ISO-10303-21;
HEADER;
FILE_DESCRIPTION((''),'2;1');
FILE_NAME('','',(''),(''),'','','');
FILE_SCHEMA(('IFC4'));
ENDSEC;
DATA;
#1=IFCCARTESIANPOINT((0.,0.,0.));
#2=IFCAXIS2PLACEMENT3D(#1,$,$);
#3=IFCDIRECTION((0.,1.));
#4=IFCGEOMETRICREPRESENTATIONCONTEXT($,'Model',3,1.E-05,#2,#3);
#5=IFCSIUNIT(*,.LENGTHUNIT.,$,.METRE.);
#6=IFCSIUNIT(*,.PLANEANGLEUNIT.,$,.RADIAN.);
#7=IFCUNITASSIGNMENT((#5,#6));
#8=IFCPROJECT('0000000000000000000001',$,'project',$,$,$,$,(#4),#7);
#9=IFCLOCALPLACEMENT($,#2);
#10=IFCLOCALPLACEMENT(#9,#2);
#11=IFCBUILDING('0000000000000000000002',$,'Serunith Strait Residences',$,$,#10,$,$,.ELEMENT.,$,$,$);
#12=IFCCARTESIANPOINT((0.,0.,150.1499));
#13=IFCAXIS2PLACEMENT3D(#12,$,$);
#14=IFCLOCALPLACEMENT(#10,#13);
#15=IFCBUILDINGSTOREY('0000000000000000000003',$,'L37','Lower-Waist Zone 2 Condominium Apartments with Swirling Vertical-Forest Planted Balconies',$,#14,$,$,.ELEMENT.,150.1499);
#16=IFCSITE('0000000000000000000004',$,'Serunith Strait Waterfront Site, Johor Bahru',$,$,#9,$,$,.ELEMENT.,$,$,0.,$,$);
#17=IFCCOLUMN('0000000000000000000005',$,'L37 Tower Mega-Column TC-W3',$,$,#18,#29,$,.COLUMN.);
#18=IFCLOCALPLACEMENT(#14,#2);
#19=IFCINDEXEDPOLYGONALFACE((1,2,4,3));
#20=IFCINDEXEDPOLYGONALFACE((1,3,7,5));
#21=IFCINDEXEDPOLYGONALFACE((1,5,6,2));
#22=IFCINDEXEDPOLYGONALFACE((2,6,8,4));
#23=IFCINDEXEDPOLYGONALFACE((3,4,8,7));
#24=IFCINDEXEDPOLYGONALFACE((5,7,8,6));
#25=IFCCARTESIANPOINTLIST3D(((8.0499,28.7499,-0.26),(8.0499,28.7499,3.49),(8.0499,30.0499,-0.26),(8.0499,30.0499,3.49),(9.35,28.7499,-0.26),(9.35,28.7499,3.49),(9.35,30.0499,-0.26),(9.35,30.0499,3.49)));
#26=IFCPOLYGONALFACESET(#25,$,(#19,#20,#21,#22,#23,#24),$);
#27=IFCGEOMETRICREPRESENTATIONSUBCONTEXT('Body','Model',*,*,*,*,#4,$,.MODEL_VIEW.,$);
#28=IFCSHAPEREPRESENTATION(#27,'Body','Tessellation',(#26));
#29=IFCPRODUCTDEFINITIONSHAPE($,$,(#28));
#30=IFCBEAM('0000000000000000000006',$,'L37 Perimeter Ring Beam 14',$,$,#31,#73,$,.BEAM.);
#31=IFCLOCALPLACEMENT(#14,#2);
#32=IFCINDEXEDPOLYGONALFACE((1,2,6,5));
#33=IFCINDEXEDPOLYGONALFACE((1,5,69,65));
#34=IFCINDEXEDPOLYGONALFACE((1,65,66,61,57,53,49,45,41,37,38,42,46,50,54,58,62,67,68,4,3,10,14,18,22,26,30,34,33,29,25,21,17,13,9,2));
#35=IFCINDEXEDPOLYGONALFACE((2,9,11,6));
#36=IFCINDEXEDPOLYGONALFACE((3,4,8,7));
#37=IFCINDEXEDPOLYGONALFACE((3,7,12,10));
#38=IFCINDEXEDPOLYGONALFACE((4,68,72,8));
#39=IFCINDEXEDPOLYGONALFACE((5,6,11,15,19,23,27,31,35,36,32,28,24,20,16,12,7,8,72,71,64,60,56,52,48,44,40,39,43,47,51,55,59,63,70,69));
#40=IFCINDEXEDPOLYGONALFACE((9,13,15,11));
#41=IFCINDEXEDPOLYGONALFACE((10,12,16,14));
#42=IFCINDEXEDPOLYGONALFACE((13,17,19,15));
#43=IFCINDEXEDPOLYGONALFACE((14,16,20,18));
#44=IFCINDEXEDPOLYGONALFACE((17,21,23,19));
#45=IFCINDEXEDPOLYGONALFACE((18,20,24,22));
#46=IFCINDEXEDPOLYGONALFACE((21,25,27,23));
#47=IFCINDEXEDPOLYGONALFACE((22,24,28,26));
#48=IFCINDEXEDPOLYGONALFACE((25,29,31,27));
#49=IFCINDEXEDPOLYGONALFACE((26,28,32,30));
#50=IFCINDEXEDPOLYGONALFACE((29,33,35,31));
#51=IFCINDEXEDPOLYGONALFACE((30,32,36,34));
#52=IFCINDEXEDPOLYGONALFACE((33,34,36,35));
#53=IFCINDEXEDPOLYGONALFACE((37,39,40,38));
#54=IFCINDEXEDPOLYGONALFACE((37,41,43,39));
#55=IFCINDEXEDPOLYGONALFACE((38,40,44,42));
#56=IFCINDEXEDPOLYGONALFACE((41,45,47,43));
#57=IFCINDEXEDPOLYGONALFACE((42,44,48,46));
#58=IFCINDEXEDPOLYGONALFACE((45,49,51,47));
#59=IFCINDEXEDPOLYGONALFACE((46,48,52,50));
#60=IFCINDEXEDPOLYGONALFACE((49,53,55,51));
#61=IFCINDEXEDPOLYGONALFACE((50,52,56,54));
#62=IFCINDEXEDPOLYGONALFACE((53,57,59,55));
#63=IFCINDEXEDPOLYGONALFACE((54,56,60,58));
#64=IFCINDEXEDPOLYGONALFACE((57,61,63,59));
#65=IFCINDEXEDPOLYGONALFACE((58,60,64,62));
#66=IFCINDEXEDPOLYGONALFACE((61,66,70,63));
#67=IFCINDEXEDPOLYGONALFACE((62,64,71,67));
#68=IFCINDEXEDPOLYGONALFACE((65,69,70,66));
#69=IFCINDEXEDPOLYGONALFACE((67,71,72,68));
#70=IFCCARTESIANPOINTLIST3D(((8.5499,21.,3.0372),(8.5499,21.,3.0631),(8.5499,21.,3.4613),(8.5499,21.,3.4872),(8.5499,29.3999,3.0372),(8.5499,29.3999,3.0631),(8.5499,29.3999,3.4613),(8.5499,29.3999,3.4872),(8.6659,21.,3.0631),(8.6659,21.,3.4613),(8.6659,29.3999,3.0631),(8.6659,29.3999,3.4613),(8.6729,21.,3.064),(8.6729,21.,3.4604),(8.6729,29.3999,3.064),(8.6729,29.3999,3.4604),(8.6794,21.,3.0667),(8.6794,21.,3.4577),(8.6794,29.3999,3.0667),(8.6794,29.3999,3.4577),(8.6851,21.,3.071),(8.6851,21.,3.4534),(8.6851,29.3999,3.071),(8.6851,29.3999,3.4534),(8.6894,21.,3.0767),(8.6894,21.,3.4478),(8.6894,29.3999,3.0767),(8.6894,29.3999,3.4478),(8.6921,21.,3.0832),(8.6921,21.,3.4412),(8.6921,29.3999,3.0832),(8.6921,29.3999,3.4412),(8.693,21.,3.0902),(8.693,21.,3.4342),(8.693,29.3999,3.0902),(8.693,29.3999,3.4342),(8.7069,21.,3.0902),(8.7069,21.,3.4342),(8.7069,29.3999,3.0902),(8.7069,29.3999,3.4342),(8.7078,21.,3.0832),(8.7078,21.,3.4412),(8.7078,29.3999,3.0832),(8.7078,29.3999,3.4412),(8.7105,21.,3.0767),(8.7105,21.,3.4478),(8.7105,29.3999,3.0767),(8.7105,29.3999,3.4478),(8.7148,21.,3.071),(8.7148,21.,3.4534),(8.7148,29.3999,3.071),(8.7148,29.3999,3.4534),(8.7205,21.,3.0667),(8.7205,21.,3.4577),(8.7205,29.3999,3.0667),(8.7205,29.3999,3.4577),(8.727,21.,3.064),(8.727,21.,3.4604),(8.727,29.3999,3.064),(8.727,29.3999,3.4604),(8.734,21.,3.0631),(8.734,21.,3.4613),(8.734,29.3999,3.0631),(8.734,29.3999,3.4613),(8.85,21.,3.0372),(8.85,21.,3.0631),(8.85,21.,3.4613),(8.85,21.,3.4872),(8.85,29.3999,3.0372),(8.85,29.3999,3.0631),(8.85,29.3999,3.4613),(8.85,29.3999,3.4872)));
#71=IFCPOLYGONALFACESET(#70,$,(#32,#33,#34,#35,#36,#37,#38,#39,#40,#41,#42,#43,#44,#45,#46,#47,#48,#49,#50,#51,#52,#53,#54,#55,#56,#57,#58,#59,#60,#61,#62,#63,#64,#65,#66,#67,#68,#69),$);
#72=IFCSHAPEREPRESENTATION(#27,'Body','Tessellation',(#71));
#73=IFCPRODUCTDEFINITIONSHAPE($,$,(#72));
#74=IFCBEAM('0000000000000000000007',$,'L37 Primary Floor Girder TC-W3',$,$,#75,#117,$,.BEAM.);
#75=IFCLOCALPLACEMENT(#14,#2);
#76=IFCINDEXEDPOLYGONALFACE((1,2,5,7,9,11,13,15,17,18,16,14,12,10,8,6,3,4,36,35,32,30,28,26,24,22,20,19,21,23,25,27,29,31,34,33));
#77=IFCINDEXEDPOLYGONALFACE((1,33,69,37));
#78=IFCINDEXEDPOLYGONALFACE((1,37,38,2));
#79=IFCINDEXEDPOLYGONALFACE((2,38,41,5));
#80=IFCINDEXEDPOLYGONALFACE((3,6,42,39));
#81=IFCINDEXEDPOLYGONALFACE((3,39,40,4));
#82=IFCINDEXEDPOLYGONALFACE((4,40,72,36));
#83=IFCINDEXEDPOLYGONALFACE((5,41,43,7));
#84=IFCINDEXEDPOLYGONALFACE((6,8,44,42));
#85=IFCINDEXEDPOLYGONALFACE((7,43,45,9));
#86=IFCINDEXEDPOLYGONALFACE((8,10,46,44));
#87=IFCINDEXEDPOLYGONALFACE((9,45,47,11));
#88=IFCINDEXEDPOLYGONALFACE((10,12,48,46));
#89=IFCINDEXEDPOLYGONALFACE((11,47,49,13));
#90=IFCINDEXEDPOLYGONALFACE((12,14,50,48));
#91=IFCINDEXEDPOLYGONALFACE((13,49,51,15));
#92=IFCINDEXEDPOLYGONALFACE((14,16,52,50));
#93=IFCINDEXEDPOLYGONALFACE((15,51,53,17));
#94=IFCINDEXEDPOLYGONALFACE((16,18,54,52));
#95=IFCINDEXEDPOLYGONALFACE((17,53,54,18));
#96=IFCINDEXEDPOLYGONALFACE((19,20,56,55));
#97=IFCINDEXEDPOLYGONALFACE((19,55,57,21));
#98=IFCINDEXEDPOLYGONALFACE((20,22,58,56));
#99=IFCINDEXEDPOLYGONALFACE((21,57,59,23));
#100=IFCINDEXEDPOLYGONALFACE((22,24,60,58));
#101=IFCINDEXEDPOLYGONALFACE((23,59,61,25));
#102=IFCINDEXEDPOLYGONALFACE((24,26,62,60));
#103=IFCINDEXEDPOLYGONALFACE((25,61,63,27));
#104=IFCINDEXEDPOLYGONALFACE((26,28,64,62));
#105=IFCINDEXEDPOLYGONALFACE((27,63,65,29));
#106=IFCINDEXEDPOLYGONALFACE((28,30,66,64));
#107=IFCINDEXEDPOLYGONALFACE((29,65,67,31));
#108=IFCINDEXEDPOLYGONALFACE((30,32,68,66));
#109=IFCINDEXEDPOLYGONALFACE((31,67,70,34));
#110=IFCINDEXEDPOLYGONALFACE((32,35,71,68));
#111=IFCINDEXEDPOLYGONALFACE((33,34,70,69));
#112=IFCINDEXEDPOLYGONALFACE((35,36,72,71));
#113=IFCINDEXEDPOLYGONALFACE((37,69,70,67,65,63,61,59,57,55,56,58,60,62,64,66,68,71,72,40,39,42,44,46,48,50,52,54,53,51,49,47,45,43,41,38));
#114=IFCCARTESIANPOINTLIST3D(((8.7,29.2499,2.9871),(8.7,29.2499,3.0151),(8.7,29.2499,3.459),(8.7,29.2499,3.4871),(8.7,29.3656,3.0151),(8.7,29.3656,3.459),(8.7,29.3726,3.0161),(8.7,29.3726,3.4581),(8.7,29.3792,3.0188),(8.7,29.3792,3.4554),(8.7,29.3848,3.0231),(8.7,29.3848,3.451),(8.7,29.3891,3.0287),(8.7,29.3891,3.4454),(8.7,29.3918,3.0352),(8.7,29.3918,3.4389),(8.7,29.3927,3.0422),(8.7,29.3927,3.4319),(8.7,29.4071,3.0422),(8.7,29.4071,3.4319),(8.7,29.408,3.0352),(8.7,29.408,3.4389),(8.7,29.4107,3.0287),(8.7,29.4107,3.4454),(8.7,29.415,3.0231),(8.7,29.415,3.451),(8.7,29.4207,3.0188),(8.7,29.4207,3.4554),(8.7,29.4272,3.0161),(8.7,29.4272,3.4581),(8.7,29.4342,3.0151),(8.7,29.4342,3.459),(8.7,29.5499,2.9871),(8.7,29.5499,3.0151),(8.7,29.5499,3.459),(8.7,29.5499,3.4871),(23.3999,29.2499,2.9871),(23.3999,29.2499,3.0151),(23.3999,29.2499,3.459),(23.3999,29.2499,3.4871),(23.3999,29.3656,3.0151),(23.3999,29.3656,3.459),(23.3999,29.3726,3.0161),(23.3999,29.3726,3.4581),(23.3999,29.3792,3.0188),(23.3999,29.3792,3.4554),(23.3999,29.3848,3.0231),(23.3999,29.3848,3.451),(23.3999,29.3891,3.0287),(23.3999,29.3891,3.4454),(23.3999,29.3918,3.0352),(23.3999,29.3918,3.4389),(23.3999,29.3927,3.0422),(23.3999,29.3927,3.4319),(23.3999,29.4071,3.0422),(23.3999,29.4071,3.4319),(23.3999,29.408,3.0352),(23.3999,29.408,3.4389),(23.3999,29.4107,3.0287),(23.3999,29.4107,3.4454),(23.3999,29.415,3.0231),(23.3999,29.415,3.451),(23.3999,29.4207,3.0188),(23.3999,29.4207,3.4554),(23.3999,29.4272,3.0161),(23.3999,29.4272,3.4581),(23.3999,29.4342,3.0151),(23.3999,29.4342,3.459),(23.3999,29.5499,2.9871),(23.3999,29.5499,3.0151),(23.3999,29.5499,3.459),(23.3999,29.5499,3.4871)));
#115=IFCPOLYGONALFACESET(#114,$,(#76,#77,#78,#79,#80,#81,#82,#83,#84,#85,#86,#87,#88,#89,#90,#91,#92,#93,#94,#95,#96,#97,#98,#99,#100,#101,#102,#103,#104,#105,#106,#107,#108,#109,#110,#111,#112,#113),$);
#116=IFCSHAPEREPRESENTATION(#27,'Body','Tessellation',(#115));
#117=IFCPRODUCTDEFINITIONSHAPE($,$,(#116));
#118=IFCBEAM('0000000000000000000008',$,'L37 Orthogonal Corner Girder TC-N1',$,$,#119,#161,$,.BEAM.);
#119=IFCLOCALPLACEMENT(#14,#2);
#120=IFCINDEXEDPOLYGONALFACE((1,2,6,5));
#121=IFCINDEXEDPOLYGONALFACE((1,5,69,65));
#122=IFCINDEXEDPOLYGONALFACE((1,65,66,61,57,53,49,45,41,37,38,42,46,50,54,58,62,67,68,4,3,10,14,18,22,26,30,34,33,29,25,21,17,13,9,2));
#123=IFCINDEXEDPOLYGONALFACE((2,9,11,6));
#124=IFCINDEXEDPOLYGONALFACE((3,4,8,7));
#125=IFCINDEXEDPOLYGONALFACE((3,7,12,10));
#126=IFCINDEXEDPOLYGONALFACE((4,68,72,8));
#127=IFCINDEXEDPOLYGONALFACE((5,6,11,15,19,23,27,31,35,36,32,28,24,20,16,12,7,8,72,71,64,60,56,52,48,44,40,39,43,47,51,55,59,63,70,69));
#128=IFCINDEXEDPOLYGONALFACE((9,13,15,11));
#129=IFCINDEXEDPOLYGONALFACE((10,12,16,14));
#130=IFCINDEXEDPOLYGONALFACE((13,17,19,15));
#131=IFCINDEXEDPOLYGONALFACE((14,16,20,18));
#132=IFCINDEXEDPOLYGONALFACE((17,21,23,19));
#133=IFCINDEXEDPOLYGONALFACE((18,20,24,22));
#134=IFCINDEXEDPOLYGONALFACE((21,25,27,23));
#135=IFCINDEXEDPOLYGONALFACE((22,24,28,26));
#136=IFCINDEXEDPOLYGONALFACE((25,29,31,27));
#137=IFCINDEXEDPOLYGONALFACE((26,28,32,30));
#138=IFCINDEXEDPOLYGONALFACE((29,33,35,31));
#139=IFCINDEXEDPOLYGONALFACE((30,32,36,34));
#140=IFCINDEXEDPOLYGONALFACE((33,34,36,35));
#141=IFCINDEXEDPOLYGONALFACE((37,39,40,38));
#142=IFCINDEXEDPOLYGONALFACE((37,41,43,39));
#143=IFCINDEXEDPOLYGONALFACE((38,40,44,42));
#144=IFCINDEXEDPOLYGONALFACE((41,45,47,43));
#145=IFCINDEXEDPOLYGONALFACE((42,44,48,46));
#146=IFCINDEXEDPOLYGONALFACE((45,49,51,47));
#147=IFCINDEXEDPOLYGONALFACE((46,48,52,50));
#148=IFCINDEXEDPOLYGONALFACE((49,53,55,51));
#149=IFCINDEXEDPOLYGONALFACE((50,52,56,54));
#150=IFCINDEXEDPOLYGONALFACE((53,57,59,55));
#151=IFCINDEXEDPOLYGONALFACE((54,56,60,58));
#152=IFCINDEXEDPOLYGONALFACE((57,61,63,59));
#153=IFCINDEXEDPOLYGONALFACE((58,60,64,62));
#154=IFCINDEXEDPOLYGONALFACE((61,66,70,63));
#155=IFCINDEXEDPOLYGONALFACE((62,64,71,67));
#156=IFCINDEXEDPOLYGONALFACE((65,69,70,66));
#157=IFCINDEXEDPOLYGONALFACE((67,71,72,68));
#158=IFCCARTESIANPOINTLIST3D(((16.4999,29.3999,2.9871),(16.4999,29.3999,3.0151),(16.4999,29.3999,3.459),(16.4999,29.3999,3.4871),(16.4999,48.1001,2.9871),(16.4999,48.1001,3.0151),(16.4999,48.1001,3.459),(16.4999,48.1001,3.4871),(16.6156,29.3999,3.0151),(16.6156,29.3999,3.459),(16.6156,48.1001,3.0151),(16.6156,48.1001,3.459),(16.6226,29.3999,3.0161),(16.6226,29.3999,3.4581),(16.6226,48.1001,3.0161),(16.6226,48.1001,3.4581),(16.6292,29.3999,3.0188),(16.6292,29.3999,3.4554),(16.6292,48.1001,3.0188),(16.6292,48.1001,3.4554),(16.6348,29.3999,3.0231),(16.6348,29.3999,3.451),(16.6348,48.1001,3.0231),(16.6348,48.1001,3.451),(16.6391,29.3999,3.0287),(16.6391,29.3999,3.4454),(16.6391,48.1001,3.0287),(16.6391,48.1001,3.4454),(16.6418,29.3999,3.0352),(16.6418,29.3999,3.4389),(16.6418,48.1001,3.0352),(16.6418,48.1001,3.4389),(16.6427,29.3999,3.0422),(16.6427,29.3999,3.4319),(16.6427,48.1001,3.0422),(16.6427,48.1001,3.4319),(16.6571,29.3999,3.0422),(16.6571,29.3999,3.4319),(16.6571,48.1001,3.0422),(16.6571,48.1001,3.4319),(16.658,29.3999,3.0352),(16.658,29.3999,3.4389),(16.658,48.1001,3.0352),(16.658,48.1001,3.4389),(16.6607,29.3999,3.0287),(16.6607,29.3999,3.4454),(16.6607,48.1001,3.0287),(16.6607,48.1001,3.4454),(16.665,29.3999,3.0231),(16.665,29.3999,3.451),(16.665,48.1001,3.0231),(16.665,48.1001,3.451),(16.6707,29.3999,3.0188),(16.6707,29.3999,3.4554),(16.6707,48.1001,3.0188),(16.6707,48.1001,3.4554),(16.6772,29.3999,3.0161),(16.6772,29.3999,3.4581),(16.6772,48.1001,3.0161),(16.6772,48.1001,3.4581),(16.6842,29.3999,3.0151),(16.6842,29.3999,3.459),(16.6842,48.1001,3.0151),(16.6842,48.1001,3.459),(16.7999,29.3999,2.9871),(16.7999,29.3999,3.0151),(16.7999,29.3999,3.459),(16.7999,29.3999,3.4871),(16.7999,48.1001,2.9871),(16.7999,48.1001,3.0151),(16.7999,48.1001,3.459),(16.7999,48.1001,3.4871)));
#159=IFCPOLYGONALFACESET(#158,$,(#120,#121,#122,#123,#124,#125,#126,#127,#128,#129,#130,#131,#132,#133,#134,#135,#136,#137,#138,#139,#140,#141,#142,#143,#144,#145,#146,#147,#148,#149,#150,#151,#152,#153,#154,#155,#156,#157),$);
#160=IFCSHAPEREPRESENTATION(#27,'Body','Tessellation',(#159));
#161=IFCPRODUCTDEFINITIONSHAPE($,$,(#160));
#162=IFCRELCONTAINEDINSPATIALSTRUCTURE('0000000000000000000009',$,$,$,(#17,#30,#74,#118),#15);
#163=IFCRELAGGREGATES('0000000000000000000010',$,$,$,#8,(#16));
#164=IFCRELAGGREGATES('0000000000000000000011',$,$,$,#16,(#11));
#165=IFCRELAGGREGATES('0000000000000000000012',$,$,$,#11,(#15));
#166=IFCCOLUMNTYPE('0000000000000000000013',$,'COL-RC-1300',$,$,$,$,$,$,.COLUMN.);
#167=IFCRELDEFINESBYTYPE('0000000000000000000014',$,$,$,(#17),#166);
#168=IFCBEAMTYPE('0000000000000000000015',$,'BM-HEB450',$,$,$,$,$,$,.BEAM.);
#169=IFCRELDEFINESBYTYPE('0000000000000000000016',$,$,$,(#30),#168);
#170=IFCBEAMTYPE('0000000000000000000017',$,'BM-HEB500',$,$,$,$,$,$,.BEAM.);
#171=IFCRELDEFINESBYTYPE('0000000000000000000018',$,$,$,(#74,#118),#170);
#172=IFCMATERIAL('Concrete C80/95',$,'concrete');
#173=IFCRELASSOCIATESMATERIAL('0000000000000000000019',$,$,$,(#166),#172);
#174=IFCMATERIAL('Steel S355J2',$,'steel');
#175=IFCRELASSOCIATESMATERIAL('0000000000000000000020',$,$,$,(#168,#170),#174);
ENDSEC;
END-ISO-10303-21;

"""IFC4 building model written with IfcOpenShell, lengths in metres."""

from ifc_helpers import new_model, si_unit, direction, frame, origin, origin_2d, place, context, subcontext, project, spatial, rectangle, i_section, extrude, source, transform, mapped, material, material_profile, profile_set, type_object, element, save


model = new_model("IFC4")

# Units and contexts
model_context = context("Model", 3, precision=1e-05, world=origin(), true_north=direction((0.0, 1.0)))
body_context = subcontext(model_context, "Body", "Model", "MODEL_VIEW")
ifc_project = project(units=[si_unit("LENGTHUNIT", "METRE"), si_unit("PLANEANGLEUNIT", "RADIAN")], contexts=[model_context])

# Site, building, storey
site_placement = place(None, origin())
site = spatial("IfcSite", under=ifc_project, at=site_placement, Name="Serunith Strait Waterfront Site, Johor Bahru", CompositionType="ELEMENT", RefElevation=0.0)
building_placement = place(site_placement, origin())
building = spatial("IfcBuilding", under=site, at=building_placement, Name="Serunith Strait Residences", CompositionType="ELEMENT")
storey_placement = place(building_placement, frame((0.0, 0.0, 150.1499)))
storey = spatial("IfcBuildingStorey", under=building, at=storey_placement, Name="L37", Description="Lower-Waist Zone 2 Condominium Apartments with Swirling Vertical-Forest Planted Balconies", CompositionType="ELEMENT", Elevation=150.1499)

# Column
ifc_material_1 = material(Name="Concrete C80/95", Category="concrete")
ifc_material_profile_1 = material_profile(ifc_material_1, rectangle(XDim=1.3, YDim=1.3, at=origin_2d()), Name="RC 1300x1300")
ifc_profile_set_1 = profile_set([ifc_material_profile_1], Name="Concrete C80/95")
column_type = type_object("IfcColumnType", Name="COL-RC-1300", PredefinedType="COLUMN", material=ifc_profile_set_1)
shared_shape_1 = source(origin(), body_context, "Body", "SweptSolid", [
    extrude(rectangle(XDim=1.3, YDim=1.3, at=origin_2d()), origin(), (0.0, 0.0, 1.0), 3.75),
])
column_placement = place(storey_placement, frame((8.7, 29.3999, -0.26), z_axis=(0.0, 0.0, 1.0), x_axis=(1.0, 0.0, 0.0)))
element("IfcColumn", 1, at=column_placement, inside=storey, type_object=column_type, Name="L37 Tower Mega-Column TC-W3", PredefinedType="COLUMN", context=body_context, shape_type="MappedRepresentation", body=[
    mapped(shared_shape_1, transform((0.0, 0.0, 0.0), scale=1.0)),
])

# Beams
ifc_material_2 = material(Name="Steel S355J2", Category="steel")
ifc_material_profile_2 = material_profile(ifc_material_2, i_section(OverallWidth=0.3, OverallDepth=0.45, WebThickness=0.0139, FlangeThickness=0.0259, FilletRadius=0.0271, at=origin_2d()), Name="HEB 450")
ifc_profile_set_2 = profile_set([ifc_material_profile_2], Name="Steel S355J2")
beam_type_1 = type_object("IfcBeamType", Name="BM-HEB450", PredefinedType="BEAM", material=ifc_profile_set_2)
shared_shape_2 = source(origin(), body_context, "Body", "SweptSolid", [
    extrude(i_section(OverallWidth=0.3, OverallDepth=0.45, WebThickness=0.0139, FlangeThickness=0.0259, FilletRadius=0.0271, at=origin_2d()), origin(), (0.0, 0.0, 1.0), 8.3999),
])
beam_1_placement = place(storey_placement, frame((8.7, 29.3999, 3.2622), z_axis=(0.0, -1.0, 0.0), x_axis=(1.0, 0.0, 0.0)))
element("IfcBeam", 2, at=beam_1_placement, inside=storey, type_object=beam_type_1, Name="L37 Perimeter Ring Beam 14", PredefinedType="BEAM", context=body_context, shape_type="MappedRepresentation", body=[
    mapped(shared_shape_2, transform((0.0, 0.0, 0.0), scale=1.0)),
])
ifc_material_profile_3 = material_profile(ifc_material_2, i_section(OverallWidth=0.3, OverallDepth=0.5, WebThickness=0.0144, FlangeThickness=0.0281, FilletRadius=0.0271, at=origin_2d()), Name="HEB 500")
ifc_profile_set_3 = profile_set([ifc_material_profile_3], Name="Steel S355J2")
beam_type_2 = type_object("IfcBeamType", Name="BM-HEB500", PredefinedType="BEAM", material=ifc_profile_set_3)
shared_shape_3 = source(origin(), body_context, "Body", "SweptSolid", [
    extrude(i_section(OverallWidth=0.3, OverallDepth=0.5, WebThickness=0.0144, FlangeThickness=0.0281, FilletRadius=0.0271, at=origin_2d()), origin(), (0.0, 0.0, 1.0), 14.7),
])
beam_2_placement = place(storey_placement, frame((23.3999, 29.3999, 3.2371), z_axis=(-1.0, 0.0, 0.0), x_axis=(0.0, -1.0, 0.0)))
element("IfcBeam", 3, at=beam_2_placement, inside=storey, type_object=beam_type_2, Name="L37 Primary Floor Girder TC-W3", PredefinedType="BEAM", context=body_context, shape_type="MappedRepresentation", body=[
    mapped(shared_shape_3, transform((0.0, 0.0, 0.0), scale=1.0)),
])
shared_shape_4 = source(origin(), body_context, "Body", "SweptSolid", [
    extrude(i_section(OverallWidth=0.3, OverallDepth=0.5, WebThickness=0.0144, FlangeThickness=0.0281, FilletRadius=0.0271, at=origin_2d()), origin(), (0.0, 0.0, 1.0), 18.7002),
])
beam_3_placement = place(storey_placement, frame((16.6499, 29.3999, 3.2371), z_axis=(0.0, 1.0, 0.0), x_axis=(-1.0, 0.0, 0.0)))
element("IfcBeam", 4, at=beam_3_placement, inside=storey, type_object=beam_type_2, Name="L37 Orthogonal Corner Girder TC-N1", PredefinedType="BEAM", context=body_context, shape_type="MappedRepresentation", body=[
    mapped(shared_shape_4, transform((0.0, 0.0, 0.0), scale=1.0)),
])

save(model, "model.ifc")
